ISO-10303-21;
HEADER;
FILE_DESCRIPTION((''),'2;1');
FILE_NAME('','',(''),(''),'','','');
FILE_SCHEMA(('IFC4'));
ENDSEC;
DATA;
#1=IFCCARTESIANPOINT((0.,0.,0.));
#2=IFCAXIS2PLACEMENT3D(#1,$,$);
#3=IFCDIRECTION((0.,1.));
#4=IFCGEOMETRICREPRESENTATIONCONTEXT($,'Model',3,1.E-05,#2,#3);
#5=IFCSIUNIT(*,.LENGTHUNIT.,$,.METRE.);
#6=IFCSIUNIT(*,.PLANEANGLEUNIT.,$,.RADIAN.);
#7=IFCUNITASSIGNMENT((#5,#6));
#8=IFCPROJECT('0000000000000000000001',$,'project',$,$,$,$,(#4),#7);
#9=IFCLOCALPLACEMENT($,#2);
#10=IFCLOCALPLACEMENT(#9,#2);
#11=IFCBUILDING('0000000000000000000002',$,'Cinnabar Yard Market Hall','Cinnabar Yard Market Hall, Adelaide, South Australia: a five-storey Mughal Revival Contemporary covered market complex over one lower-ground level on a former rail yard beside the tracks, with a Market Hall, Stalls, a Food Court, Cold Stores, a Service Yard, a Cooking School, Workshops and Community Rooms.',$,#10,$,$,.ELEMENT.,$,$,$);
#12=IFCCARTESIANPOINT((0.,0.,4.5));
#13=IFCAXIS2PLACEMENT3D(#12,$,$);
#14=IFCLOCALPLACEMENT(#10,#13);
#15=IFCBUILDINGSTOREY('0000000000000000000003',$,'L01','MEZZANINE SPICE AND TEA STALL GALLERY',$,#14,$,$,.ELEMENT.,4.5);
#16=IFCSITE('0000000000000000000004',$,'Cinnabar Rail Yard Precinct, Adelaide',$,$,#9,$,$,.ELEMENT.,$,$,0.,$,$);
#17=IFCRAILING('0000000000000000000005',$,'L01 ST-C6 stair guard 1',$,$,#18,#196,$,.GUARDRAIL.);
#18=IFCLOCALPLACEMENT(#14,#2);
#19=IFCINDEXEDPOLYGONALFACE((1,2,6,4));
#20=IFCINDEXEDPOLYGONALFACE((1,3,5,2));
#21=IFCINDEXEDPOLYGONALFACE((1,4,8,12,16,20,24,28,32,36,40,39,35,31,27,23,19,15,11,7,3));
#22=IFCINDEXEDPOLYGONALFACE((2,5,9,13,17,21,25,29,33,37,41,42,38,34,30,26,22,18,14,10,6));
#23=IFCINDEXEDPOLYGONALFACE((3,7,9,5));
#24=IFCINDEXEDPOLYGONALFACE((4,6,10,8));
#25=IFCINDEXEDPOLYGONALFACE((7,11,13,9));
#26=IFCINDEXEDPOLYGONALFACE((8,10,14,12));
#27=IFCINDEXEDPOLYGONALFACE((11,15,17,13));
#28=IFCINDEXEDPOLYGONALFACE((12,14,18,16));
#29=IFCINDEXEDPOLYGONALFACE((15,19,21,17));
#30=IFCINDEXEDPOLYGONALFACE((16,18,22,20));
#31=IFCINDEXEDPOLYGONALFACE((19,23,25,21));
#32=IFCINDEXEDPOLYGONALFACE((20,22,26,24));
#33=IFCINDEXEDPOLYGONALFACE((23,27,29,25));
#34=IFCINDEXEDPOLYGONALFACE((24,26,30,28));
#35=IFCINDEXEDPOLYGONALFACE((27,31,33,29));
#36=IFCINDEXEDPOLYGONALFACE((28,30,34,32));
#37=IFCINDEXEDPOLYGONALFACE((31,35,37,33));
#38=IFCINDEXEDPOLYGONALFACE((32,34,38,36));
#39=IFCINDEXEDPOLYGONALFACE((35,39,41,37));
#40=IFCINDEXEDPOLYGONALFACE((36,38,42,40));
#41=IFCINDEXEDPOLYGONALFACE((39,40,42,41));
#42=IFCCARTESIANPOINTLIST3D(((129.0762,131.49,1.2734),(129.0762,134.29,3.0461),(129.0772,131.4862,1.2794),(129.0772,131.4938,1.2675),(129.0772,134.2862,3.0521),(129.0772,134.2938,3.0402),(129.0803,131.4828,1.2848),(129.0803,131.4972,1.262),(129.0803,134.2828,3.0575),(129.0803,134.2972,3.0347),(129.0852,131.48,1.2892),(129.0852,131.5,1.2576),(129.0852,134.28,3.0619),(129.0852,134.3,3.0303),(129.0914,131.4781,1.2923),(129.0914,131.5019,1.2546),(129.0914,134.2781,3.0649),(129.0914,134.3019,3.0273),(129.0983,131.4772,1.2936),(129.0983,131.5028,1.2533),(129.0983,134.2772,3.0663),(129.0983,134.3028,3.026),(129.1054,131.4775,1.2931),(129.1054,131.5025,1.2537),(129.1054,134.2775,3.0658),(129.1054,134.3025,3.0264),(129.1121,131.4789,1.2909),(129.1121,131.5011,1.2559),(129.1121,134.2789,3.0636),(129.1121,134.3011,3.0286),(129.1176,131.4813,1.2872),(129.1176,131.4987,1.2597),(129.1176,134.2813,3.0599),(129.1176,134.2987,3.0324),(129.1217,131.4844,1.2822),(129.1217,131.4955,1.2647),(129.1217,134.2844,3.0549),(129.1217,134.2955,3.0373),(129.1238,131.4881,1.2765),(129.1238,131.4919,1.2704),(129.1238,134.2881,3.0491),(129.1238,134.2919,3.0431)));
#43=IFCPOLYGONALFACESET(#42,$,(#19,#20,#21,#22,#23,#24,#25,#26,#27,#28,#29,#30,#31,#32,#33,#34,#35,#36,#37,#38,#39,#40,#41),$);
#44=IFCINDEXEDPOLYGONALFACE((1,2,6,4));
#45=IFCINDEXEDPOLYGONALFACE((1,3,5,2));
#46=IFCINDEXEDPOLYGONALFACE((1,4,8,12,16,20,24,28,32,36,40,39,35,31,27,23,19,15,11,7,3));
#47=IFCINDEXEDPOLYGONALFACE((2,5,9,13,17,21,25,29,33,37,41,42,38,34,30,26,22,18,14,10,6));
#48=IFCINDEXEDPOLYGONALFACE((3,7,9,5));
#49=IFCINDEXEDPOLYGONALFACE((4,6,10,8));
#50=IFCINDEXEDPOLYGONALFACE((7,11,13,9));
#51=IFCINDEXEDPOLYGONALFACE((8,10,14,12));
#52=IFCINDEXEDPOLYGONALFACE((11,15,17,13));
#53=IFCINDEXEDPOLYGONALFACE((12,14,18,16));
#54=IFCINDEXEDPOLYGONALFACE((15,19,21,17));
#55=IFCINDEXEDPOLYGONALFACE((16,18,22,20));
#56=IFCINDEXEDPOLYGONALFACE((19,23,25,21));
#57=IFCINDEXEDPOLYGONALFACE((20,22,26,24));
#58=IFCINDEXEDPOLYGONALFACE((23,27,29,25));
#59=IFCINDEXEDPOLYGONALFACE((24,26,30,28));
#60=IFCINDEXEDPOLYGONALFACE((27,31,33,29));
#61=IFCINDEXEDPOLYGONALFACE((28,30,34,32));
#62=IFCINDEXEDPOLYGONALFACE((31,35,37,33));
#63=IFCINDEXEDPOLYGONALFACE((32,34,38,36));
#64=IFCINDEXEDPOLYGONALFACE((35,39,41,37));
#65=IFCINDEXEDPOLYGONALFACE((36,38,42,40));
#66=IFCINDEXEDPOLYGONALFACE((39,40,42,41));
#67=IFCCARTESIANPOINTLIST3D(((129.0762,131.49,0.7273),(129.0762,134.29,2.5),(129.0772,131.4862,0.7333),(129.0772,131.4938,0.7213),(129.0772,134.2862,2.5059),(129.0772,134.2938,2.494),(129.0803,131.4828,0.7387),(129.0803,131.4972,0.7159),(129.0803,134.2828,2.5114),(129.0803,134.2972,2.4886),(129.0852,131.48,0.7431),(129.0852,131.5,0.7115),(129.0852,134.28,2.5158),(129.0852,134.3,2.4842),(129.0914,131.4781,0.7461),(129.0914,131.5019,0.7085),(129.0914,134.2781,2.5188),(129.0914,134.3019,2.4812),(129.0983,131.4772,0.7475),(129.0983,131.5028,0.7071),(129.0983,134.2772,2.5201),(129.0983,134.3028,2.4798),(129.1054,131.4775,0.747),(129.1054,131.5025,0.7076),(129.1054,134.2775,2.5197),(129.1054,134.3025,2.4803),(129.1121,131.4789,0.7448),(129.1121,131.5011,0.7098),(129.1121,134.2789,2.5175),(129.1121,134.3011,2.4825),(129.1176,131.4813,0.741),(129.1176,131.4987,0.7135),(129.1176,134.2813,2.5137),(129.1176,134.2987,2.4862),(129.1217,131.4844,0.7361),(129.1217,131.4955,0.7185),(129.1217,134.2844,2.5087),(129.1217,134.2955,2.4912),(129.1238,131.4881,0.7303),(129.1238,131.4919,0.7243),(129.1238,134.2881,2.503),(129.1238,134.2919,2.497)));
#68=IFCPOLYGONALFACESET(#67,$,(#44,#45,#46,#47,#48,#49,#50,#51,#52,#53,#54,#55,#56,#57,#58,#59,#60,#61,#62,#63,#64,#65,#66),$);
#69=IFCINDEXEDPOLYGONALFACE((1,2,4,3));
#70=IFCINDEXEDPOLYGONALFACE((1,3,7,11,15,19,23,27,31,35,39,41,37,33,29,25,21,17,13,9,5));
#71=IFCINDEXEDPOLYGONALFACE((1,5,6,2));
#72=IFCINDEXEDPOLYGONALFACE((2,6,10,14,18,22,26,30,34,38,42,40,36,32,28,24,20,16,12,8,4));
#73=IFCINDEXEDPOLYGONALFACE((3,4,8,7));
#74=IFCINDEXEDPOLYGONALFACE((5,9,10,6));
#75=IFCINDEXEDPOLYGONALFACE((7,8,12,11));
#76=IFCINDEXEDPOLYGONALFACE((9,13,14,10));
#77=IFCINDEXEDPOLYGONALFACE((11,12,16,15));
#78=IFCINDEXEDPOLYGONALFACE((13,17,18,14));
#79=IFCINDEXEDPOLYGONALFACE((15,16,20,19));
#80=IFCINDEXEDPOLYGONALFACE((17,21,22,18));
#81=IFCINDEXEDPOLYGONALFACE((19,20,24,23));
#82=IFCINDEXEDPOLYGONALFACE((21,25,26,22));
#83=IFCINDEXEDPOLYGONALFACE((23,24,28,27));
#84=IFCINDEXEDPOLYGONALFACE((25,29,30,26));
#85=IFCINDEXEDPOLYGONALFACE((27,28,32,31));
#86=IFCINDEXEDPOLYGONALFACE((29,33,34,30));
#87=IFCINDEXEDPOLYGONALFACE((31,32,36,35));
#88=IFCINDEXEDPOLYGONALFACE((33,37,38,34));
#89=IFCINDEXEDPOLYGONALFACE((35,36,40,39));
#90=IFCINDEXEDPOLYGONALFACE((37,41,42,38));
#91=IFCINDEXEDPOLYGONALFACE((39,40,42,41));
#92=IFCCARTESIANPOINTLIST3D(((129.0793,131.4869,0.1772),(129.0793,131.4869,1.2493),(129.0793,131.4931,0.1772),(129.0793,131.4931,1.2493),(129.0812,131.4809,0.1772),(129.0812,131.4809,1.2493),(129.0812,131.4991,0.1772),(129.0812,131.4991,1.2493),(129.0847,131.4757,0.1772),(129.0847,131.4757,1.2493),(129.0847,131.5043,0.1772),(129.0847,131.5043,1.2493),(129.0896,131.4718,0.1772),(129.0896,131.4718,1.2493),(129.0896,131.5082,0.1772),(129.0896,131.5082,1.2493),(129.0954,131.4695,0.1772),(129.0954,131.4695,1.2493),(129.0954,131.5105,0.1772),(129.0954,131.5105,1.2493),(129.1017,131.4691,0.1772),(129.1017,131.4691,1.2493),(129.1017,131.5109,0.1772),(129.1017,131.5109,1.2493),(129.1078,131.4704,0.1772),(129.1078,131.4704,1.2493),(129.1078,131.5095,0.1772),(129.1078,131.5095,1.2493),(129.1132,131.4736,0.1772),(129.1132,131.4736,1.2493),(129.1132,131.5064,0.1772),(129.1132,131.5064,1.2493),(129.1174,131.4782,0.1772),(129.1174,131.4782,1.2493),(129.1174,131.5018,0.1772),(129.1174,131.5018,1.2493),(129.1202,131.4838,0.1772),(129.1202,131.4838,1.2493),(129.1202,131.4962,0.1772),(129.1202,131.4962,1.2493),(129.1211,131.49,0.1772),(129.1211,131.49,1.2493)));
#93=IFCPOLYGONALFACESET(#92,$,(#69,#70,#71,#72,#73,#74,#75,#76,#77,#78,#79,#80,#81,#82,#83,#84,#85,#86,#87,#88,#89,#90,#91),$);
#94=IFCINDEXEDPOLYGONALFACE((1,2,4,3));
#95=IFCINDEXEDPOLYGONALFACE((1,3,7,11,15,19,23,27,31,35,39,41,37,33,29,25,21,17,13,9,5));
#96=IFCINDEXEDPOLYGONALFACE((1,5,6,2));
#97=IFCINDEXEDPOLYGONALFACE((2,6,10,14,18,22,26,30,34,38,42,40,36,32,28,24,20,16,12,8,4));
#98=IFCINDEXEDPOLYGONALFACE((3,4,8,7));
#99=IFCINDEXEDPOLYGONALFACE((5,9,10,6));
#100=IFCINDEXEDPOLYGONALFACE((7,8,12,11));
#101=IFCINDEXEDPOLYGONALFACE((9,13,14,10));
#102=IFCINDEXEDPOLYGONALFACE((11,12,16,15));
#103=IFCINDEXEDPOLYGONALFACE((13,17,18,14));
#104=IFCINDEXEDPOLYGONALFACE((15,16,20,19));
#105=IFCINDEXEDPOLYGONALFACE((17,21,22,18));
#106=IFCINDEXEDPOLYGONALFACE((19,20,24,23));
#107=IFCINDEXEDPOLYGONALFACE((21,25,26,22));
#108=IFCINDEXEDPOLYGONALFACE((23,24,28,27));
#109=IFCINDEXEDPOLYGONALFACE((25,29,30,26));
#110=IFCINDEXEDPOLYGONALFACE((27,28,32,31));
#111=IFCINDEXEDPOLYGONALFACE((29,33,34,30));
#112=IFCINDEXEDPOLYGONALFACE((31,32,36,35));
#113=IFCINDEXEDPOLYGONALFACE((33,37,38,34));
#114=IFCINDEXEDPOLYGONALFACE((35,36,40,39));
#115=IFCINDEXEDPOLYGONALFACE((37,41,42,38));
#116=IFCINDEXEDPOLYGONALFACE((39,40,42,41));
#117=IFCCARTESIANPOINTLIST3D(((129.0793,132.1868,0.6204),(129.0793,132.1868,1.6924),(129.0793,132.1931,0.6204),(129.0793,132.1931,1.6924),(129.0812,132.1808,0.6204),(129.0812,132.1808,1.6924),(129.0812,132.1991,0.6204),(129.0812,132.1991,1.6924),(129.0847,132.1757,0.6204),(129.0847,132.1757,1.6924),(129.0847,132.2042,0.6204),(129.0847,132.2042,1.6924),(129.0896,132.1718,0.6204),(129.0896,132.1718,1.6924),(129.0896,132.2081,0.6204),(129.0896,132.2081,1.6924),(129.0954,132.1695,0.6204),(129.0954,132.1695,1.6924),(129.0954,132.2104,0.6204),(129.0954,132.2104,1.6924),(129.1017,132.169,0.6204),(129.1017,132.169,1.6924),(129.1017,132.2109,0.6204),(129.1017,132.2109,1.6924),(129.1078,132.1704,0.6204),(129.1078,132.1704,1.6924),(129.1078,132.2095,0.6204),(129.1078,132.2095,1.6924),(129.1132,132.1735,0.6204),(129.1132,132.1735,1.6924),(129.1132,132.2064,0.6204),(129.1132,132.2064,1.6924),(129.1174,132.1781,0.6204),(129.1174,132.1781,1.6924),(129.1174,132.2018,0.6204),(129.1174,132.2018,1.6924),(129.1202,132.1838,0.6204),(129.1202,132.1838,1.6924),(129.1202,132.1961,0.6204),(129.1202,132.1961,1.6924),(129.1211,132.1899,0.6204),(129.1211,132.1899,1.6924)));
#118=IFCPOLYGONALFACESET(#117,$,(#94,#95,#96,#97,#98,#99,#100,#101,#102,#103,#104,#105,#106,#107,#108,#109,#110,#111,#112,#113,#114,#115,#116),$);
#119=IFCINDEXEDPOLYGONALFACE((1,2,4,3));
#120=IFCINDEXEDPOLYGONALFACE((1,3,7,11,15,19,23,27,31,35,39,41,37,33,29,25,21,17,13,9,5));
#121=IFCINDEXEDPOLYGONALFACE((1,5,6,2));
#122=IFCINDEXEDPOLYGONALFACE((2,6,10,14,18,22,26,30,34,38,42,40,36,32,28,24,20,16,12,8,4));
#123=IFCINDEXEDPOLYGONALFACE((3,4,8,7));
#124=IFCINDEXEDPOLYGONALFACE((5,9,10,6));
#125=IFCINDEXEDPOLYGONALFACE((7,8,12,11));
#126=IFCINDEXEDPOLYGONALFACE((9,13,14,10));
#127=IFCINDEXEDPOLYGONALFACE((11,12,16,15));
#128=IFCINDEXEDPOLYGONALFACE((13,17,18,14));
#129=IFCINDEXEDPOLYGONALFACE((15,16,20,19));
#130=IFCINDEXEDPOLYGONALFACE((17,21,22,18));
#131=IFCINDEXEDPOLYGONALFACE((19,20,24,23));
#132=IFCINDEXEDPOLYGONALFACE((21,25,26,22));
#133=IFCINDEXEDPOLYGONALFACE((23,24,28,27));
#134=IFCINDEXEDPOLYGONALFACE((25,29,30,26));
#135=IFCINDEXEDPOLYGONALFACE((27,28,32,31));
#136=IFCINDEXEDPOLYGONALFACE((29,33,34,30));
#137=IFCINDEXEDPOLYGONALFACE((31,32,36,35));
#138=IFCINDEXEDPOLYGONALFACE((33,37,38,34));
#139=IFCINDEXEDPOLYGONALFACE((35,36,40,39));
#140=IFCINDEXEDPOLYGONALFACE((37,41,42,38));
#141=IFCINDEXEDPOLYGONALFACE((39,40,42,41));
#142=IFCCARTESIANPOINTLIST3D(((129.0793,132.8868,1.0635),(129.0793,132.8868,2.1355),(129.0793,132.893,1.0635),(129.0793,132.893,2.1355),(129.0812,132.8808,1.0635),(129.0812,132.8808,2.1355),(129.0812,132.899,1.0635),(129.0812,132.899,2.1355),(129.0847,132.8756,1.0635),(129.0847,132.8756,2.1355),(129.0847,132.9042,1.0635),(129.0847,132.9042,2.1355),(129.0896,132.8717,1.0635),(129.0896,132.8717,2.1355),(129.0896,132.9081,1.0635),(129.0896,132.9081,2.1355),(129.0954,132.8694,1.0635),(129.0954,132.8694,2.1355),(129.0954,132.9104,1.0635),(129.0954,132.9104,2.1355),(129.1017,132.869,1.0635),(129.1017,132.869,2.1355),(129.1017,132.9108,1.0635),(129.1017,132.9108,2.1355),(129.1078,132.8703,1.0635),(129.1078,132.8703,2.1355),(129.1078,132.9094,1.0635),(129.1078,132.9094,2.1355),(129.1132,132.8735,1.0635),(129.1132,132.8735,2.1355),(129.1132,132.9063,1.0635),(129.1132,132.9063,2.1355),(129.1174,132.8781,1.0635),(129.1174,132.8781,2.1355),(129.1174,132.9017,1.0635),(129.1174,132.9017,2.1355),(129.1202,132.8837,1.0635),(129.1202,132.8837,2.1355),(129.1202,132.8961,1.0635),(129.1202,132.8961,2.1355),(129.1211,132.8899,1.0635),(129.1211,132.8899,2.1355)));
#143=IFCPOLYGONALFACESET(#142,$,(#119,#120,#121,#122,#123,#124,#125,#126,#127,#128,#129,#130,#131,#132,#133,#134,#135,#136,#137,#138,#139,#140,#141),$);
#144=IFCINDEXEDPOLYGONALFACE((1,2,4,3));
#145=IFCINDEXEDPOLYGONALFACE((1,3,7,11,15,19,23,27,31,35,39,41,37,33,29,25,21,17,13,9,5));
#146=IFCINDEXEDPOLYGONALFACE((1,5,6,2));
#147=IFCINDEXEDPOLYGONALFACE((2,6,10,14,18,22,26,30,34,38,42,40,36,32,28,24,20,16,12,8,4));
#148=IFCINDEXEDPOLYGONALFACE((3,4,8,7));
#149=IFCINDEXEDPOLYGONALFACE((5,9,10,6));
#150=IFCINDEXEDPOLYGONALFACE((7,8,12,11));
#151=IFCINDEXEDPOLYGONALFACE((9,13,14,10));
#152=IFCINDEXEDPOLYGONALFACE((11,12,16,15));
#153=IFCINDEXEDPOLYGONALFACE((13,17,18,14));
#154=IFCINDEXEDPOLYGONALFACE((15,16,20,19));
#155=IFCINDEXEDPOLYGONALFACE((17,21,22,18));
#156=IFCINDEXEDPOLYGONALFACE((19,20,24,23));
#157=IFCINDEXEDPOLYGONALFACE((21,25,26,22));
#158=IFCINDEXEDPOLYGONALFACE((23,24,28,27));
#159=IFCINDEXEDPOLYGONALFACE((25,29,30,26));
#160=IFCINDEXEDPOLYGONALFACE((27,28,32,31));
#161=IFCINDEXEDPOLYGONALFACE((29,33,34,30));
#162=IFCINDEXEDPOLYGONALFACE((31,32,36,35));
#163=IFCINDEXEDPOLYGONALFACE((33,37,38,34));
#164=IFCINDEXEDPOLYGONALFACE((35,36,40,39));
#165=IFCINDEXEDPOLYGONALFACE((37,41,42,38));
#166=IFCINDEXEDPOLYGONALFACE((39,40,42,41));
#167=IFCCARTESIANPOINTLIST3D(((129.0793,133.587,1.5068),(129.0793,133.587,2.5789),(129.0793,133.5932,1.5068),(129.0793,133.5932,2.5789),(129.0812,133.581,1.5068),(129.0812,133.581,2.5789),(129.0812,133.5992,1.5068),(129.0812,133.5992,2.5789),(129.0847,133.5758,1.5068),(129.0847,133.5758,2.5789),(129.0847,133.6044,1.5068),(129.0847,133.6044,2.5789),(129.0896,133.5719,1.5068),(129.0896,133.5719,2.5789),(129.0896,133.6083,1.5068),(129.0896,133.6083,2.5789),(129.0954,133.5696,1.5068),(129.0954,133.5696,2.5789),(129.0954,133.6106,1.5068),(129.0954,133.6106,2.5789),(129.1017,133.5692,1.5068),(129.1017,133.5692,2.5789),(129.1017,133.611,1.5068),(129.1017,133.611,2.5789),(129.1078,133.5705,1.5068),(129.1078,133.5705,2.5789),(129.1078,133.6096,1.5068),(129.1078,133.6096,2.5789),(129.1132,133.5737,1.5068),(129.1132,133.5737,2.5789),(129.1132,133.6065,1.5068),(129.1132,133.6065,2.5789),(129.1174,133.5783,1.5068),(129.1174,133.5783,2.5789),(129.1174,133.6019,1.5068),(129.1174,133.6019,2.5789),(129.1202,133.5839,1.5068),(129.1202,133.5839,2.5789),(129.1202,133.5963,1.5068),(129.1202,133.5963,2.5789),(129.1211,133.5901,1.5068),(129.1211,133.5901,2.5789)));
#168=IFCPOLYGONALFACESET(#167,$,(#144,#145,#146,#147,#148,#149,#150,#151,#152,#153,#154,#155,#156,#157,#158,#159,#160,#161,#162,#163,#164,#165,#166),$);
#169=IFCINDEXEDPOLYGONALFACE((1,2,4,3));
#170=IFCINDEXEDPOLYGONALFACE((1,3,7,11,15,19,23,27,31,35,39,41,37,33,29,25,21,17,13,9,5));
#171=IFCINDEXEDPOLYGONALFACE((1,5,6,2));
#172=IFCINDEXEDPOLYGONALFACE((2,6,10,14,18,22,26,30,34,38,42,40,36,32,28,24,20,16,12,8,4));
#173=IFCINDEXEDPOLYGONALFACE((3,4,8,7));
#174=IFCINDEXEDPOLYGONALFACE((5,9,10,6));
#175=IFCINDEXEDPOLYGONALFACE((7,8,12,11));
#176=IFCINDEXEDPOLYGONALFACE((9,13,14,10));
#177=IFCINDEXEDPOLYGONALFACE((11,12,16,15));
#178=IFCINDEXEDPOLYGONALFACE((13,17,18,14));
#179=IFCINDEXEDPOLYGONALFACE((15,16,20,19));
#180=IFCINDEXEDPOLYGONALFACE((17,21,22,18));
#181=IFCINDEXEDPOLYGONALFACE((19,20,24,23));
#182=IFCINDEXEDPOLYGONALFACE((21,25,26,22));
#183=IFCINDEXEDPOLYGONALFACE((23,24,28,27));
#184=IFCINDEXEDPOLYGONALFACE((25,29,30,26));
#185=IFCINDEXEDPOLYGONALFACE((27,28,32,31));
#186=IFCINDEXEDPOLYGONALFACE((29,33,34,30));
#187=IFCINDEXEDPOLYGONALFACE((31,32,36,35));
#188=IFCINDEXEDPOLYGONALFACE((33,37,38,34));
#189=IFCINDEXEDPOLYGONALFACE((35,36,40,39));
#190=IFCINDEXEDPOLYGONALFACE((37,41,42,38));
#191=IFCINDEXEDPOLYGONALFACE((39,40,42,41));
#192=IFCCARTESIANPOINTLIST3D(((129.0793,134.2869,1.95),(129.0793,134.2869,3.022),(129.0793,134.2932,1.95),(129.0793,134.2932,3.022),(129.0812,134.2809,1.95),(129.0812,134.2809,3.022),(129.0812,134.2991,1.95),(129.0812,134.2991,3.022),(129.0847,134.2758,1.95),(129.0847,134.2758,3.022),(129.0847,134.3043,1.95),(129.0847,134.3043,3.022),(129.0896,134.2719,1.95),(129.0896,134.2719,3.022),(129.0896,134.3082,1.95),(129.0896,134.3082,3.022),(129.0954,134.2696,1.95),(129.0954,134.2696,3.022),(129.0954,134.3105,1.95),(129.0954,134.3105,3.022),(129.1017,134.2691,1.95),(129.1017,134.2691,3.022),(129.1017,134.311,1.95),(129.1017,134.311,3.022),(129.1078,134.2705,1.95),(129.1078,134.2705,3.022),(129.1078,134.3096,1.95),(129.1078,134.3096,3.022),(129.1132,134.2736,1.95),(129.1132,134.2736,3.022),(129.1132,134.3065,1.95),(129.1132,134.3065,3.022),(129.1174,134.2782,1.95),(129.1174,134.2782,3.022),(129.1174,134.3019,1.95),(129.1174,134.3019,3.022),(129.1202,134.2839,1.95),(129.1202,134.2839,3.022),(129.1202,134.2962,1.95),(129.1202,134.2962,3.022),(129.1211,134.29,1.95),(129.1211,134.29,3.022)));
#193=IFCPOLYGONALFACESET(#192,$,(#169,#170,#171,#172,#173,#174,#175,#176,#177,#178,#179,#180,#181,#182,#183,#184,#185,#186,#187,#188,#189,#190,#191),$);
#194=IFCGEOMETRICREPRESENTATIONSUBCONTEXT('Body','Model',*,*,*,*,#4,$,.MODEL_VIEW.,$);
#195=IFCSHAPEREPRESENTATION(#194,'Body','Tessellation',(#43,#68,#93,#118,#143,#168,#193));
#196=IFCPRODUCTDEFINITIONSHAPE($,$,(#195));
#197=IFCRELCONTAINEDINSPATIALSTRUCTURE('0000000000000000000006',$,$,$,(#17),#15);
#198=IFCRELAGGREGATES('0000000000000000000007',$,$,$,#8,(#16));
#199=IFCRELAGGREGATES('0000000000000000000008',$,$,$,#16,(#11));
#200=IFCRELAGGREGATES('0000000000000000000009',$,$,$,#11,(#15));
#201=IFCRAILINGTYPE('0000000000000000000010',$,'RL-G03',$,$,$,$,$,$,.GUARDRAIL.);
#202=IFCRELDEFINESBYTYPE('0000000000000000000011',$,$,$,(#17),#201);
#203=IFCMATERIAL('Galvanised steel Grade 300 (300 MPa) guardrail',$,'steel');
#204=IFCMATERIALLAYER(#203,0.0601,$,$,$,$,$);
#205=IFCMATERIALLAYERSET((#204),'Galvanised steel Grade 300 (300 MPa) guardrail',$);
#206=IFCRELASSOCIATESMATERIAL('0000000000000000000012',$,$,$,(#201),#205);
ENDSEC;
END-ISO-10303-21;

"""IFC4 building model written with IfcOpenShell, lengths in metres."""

from ifc_helpers import new_model, si_unit, direction, frame, origin, origin_2d_with_axis, place, context, subcontext, project, spatial, circle, extrude, material, layer, layer_set, type_object, element, save


model = new_model("IFC4")

# Units and contexts
model_context = context("Model", 3, precision=1e-05, world=origin(), true_north=direction((0.0, 1.0)))
body_context = subcontext(model_context, "Body", "Model", "MODEL_VIEW")
ifc_project = project(units=[si_unit("LENGTHUNIT", "METRE"), si_unit("PLANEANGLEUNIT", "RADIAN")], contexts=[model_context])

# Site, building, storey
site_placement = place(None, origin())
site = spatial("IfcSite", under=ifc_project, at=site_placement, Name="Cinnabar Rail Yard Precinct, Adelaide", CompositionType="ELEMENT", RefElevation=0.0)
building_placement = place(site_placement, origin())
building = spatial("IfcBuilding", under=site, at=building_placement, Name="Cinnabar Yard Market Hall", Description="Cinnabar Yard Market Hall, Adelaide, South Australia: a five-storey Mughal Revival Contemporary covered market complex over one lower-ground level on a former rail yard beside the tracks, with a Market Hall, Stalls, a Food Court, Cold Stores, a Service Yard, a Cooking School, Workshops and Community Rooms.", CompositionType="ELEMENT")
storey_placement = place(building_placement, frame((0.0, 0.0, 4.5)))
storey = spatial("IfcBuildingStorey", under=building, at=storey_placement, Name="L01", Description="MEZZANINE SPICE AND TEA STALL GALLERY", CompositionType="ELEMENT", Elevation=4.5)

# Railing
ifc_material_1 = material(Name="Galvanised steel Grade 300 (300 MPa) guardrail", Category="steel")
ifc_layer_1 = layer(ifc_material_1, 0.0601)
ifc_layer_set_1 = layer_set([ifc_layer_1], Name="Galvanised steel Grade 300 (300 MPa) guardrail")
railing_type_1 = type_object("IfcRailingType", Name="RL-G03", PredefinedType="GUARDRAIL", material=ifc_layer_set_1)
railing_1_placement = place(storey_placement, frame((129.1001, 131.49, 0.1772)))
element("IfcRailing", 1, at=railing_1_placement, inside=storey, type_object=railing_type_1, Name="L01 ST-C6 stair guard 1", PredefinedType="GUARDRAIL", context=body_context, shape_type="SweptSolid", body=[
    extrude(circle(Radius=0.0239, at=origin_2d_with_axis()), frame((0.0, 0.0, 1.0962), z_axis=(0.0, 0.844909, 0.53491), x_axis=(-1.0, 0.0, 0.0)), (0.0, 0.0, 1.0), 3.314),
    extrude(circle(Radius=0.0239, at=origin_2d_with_axis()), frame((0.0, 0.0, 0.55), z_axis=(0.0, 0.844909, 0.53491), x_axis=(-1.0, 0.0, 0.0)), (0.0, 0.0, 1.0), 3.314),
    extrude(circle(Radius=0.021, at=origin_2d_with_axis()), origin(), (0.0, 0.0, 1.0), 1.072),
    extrude(circle(Radius=0.021, at=origin_2d_with_axis()), frame((0.0, 0.7, 0.4431)), (0.0, 0.0, 1.0), 1.072),
    extrude(circle(Radius=0.021, at=origin_2d_with_axis()), frame((0.0, 1.3999, 0.8862)), (0.0, 0.0, 1.0), 1.072),
    extrude(circle(Radius=0.021, at=origin_2d_with_axis()), frame((0.0, 2.1001, 1.3296)), (0.0, 0.0, 1.0), 1.072),
    extrude(circle(Radius=0.021, at=origin_2d_with_axis()), frame((0.0, 2.8, 1.7727)), (0.0, 0.0, 1.0), 1.072),
])

save(model, "model.ifc")
